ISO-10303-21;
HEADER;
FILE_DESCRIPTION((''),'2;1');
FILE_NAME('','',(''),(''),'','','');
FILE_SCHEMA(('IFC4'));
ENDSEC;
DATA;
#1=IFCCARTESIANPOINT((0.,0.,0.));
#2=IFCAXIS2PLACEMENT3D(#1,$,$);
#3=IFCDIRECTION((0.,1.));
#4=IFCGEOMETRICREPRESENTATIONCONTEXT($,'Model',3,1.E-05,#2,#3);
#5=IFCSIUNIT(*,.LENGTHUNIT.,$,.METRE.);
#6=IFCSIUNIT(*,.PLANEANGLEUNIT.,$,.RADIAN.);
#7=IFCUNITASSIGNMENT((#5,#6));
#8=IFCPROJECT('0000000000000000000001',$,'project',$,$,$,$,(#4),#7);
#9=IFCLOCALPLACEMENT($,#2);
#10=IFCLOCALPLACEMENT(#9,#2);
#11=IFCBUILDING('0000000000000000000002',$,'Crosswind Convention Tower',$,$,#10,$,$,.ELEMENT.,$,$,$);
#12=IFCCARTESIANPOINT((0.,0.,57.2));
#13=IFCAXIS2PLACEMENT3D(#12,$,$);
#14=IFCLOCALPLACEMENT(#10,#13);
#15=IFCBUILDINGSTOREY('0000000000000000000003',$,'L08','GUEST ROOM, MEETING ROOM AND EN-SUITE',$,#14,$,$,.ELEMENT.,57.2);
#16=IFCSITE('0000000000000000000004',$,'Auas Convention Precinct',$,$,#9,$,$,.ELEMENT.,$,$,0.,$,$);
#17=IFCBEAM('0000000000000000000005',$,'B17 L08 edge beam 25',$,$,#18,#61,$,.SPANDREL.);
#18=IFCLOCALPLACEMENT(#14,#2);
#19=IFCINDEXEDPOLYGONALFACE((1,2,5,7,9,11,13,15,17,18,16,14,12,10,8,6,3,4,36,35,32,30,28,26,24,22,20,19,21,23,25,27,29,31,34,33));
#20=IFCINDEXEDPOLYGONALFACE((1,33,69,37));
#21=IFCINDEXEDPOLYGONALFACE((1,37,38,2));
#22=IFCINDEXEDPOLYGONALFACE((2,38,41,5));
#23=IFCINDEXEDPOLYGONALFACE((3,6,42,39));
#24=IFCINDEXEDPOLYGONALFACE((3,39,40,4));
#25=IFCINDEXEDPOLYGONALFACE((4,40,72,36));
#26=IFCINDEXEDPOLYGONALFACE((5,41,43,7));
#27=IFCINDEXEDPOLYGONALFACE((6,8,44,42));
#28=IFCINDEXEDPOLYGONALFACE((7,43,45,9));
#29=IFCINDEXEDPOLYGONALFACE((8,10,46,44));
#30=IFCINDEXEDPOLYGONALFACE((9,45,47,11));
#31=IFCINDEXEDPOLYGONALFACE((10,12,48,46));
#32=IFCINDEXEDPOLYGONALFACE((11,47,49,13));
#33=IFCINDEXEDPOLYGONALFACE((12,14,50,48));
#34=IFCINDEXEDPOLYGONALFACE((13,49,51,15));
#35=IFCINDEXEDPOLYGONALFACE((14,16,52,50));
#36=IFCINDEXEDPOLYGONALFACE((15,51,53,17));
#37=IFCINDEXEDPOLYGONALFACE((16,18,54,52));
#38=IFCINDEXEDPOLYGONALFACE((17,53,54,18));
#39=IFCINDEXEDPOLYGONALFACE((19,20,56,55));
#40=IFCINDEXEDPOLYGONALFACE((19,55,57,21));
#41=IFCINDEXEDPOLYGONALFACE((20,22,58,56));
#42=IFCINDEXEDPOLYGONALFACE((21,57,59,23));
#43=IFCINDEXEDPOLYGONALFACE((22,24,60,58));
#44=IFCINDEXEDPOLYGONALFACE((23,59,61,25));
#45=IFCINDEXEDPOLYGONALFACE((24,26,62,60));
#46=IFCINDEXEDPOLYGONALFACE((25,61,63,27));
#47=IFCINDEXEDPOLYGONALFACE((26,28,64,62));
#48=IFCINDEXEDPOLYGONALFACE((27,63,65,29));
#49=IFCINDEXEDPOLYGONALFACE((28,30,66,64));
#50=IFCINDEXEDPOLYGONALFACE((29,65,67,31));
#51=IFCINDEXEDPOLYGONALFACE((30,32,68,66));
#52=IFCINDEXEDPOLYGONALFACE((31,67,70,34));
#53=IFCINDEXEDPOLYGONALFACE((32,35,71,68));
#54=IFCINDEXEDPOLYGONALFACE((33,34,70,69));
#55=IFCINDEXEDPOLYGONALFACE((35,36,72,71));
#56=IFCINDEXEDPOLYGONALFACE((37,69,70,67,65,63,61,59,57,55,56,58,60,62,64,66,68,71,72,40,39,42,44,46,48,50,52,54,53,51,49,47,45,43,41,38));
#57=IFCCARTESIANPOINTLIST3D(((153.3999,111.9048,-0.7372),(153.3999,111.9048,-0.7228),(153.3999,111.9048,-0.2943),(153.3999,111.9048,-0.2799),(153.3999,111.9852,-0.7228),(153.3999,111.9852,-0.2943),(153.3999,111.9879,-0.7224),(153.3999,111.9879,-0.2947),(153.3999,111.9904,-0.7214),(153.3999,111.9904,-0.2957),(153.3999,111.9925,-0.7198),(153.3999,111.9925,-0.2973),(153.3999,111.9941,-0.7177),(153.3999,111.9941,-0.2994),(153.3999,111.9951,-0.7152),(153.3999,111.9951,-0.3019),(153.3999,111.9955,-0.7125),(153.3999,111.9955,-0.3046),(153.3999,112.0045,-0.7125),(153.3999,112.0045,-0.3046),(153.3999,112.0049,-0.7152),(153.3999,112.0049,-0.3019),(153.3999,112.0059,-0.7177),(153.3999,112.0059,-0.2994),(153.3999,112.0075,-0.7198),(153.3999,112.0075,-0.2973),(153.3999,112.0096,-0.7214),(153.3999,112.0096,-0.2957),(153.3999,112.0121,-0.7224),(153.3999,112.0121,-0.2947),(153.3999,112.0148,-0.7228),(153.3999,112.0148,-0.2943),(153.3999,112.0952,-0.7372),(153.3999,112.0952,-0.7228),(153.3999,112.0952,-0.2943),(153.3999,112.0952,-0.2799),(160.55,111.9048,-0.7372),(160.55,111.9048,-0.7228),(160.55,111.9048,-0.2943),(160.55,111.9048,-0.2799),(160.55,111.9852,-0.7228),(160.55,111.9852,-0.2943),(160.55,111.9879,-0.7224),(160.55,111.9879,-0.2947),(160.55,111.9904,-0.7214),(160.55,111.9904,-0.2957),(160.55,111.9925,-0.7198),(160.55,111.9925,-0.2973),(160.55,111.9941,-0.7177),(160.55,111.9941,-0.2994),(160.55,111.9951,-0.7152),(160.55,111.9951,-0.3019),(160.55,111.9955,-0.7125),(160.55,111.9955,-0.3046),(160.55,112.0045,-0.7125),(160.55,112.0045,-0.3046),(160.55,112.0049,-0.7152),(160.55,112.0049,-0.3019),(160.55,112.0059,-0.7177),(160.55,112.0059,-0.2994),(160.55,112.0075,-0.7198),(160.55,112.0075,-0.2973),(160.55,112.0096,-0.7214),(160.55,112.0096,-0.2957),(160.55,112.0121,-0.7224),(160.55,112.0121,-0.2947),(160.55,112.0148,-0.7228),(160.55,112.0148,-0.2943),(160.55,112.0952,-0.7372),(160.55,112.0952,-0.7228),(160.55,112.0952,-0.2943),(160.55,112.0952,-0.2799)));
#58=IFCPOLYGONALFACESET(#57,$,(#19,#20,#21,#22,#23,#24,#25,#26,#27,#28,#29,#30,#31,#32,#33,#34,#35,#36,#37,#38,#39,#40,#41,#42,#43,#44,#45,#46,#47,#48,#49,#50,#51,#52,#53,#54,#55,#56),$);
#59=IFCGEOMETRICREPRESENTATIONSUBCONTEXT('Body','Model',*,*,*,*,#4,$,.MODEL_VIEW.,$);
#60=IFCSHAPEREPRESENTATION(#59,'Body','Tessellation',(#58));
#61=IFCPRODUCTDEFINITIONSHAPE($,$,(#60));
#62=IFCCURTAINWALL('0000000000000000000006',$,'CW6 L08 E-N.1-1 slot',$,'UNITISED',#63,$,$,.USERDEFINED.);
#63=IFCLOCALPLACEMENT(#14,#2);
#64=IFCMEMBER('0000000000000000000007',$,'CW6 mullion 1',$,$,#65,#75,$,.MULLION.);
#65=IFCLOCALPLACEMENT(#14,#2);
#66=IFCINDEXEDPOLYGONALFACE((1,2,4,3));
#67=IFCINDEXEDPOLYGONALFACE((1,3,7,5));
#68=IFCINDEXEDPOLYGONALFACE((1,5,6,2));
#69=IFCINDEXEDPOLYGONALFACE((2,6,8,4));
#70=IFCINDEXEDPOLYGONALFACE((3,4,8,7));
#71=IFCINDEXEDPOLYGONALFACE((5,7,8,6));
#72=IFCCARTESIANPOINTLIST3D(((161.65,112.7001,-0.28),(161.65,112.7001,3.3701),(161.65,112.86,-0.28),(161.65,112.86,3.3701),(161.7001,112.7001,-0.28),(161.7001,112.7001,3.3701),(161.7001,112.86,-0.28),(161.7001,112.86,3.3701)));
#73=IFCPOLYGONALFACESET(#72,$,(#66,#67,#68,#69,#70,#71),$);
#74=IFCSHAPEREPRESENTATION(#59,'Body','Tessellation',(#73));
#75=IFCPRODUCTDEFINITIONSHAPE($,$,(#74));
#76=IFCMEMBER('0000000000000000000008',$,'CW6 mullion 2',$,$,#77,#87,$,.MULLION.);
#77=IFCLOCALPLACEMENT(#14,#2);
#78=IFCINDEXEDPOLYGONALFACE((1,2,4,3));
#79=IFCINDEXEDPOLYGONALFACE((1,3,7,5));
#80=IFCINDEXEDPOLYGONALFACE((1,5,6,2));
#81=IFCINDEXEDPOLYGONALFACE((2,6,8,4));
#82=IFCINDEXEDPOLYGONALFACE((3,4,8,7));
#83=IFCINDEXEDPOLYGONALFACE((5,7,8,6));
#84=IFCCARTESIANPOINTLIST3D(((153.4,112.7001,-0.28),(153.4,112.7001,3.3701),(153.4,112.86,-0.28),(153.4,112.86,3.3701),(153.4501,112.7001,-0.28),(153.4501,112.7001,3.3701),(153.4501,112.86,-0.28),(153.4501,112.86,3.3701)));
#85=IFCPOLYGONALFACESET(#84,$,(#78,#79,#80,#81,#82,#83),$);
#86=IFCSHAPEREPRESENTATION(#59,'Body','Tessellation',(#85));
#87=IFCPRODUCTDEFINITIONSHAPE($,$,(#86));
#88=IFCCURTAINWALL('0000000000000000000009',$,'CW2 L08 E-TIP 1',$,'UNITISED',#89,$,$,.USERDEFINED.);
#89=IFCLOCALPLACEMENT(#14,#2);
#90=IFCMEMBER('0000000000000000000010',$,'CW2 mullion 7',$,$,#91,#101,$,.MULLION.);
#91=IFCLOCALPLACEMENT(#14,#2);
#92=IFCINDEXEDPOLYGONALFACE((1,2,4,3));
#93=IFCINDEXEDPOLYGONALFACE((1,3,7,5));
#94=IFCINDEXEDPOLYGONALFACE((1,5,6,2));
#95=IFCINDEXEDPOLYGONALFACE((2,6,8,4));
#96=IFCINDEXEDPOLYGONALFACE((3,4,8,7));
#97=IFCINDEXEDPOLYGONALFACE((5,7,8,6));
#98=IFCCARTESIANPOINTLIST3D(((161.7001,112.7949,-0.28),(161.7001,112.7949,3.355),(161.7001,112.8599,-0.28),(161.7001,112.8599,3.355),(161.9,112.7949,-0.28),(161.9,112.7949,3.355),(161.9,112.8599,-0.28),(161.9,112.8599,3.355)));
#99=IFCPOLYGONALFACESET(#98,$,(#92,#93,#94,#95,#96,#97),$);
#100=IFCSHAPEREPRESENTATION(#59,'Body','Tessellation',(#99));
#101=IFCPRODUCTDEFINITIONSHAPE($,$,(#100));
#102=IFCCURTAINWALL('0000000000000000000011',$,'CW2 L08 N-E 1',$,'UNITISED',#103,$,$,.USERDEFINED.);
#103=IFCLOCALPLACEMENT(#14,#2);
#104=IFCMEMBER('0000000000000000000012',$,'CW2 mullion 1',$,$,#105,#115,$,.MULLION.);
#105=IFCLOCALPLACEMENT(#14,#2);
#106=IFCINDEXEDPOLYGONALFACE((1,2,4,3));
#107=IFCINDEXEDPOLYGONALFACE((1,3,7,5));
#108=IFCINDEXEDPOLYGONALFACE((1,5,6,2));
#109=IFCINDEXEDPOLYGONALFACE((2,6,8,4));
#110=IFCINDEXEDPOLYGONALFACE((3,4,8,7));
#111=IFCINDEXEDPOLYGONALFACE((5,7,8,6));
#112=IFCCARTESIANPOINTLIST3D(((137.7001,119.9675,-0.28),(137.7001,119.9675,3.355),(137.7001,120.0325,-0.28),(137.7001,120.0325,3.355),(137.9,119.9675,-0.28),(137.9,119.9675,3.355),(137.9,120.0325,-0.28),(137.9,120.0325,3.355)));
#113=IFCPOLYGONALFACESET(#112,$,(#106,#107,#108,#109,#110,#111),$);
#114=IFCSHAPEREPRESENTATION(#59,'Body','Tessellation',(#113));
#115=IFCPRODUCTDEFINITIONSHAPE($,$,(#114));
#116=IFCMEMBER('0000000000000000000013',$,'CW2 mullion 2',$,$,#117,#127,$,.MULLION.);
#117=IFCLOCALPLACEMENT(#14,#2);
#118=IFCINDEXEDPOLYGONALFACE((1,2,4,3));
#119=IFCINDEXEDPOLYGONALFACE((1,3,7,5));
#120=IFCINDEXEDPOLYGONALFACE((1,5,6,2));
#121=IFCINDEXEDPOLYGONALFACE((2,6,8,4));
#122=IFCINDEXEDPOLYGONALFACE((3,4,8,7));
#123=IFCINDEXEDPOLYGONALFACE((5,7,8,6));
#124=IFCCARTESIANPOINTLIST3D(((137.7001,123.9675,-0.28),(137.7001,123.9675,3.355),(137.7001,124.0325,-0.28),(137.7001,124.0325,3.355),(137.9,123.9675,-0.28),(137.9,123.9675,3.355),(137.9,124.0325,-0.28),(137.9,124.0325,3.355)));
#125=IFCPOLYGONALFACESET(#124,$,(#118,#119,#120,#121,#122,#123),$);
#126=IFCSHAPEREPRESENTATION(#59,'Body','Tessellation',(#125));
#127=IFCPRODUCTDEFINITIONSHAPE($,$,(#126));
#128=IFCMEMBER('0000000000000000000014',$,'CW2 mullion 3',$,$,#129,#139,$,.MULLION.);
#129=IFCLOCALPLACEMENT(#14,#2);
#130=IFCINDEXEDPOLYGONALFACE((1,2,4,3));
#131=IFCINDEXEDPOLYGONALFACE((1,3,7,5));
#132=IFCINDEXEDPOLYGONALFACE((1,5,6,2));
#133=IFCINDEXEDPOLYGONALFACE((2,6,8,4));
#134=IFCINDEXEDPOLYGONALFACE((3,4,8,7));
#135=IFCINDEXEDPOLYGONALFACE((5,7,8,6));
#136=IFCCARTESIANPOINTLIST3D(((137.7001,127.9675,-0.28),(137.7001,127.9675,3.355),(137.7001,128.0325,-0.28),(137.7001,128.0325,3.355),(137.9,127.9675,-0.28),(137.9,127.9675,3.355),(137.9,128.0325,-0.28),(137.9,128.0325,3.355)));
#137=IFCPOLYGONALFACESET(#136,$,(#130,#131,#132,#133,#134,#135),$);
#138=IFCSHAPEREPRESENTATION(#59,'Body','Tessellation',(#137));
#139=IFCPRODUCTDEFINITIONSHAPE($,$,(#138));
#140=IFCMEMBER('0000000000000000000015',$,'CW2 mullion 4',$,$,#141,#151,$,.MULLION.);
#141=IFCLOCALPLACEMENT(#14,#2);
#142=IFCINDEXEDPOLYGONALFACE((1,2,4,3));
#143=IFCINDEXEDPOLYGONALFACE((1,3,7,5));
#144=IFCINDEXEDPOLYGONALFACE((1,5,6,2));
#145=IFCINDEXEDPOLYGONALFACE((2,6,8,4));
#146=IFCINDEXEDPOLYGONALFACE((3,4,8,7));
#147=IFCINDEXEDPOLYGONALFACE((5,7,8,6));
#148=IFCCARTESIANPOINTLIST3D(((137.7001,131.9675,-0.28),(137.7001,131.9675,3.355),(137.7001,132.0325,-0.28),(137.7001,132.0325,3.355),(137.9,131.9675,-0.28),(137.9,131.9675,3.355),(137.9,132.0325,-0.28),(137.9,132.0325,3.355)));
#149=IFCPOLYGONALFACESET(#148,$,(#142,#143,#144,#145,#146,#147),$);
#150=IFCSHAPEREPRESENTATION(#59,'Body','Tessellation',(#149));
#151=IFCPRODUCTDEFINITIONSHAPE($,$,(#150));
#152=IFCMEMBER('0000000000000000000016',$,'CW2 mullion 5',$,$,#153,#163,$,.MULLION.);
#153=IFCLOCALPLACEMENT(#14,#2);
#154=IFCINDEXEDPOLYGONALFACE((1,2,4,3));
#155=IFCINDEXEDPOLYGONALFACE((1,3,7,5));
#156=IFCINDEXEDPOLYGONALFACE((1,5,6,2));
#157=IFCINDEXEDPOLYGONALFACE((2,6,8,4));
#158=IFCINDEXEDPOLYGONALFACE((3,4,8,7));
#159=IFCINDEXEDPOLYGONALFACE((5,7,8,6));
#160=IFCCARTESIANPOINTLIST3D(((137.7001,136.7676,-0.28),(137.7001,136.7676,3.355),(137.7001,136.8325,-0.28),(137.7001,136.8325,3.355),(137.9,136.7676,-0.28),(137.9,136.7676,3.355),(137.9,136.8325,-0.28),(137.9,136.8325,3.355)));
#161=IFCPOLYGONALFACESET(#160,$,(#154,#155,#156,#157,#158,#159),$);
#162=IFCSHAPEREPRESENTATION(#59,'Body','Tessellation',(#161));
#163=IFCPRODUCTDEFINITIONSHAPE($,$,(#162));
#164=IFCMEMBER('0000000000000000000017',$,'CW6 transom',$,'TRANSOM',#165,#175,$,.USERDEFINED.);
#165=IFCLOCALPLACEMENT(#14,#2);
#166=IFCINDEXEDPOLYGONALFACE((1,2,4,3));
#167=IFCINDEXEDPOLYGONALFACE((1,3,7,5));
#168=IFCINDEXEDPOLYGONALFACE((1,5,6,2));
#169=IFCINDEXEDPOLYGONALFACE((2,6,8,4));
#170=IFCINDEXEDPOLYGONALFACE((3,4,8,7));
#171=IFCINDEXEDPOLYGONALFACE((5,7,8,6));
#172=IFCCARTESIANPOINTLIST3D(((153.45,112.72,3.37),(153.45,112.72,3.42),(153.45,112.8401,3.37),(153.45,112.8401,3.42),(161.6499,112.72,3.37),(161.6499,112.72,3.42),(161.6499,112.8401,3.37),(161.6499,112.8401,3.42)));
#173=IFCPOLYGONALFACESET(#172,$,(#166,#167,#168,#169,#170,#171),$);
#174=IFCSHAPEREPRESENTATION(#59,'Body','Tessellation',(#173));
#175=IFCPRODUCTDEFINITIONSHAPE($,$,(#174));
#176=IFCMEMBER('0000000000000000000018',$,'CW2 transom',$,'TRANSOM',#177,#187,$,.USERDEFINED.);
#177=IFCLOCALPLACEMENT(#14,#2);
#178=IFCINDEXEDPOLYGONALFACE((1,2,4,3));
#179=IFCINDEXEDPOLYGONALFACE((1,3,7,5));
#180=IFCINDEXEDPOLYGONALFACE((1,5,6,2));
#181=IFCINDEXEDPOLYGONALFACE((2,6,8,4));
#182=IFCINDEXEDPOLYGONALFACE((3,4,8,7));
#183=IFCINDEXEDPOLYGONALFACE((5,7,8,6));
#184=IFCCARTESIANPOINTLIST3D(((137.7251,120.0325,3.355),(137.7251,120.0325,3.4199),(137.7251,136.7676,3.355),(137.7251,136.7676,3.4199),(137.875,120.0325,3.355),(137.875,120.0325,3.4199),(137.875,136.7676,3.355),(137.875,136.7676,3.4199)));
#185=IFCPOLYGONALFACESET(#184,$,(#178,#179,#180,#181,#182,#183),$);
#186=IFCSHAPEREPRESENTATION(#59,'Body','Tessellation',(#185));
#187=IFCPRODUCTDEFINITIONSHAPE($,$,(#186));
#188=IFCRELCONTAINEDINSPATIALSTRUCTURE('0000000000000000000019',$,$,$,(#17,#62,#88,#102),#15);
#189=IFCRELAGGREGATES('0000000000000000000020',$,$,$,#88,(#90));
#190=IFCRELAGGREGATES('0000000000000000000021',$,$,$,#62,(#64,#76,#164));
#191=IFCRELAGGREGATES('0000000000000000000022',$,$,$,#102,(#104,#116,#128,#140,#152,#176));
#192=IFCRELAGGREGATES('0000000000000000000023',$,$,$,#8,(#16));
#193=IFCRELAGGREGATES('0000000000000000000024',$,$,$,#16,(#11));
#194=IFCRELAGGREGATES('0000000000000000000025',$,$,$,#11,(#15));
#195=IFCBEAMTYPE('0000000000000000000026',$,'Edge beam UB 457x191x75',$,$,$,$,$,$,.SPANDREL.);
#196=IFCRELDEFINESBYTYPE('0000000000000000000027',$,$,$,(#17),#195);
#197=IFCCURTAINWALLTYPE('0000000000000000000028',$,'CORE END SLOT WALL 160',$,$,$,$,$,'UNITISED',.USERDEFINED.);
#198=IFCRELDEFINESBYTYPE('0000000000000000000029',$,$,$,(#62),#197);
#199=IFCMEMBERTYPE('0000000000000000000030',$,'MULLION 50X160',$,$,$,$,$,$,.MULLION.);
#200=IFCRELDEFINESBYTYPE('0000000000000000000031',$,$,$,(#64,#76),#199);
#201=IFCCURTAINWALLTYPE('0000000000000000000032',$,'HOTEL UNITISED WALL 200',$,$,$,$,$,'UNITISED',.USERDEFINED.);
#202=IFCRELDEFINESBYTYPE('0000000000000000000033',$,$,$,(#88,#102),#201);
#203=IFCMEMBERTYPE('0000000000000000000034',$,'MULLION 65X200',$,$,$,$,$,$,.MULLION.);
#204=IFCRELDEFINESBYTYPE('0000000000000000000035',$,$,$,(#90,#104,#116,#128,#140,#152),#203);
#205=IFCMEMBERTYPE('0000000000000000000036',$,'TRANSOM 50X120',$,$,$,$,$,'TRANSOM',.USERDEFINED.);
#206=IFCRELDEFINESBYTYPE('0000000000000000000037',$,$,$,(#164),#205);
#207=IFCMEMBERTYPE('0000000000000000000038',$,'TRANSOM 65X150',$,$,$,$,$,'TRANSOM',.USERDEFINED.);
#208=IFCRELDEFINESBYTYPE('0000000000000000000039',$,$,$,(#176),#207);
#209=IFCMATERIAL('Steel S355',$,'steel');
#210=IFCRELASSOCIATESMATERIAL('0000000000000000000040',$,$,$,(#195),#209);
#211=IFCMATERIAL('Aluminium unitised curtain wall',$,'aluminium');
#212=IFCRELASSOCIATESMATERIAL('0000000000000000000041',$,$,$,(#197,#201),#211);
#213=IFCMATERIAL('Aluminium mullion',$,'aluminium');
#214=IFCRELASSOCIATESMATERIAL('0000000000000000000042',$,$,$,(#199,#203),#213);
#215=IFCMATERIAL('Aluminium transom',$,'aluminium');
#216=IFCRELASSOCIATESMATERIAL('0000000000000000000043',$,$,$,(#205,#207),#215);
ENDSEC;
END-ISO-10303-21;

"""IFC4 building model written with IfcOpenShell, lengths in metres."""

from ifc_helpers import new_model, si_unit, direction, frame, origin, origin_2d, place, context, subcontext, project, spatial, rectangle, i_section, extrude, material, material_profile, profile_set, type_object, element, aggregate, save


model = new_model("IFC4")

# Units and contexts
model_context = context("Model", 3, precision=1e-05, world=origin(), true_north=direction((0.0, 1.0)))
body_context = subcontext(model_context, "Body", "Model", "MODEL_VIEW")
ifc_project = project(units=[si_unit("LENGTHUNIT", "METRE"), si_unit("PLANEANGLEUNIT", "RADIAN")], contexts=[model_context])

# Site, building, storey
site_placement = place(None, origin())
site = spatial("IfcSite", under=ifc_project, at=site_placement, Name="Auas Convention Precinct", CompositionType="ELEMENT", RefElevation=0.0)
building_placement = place(site_placement, origin())
building = spatial("IfcBuilding", under=site, at=building_placement, Name="Crosswind Convention Tower", CompositionType="ELEMENT")
storey_placement = place(building_placement, frame((0.0, 0.0, 57.2)))
storey = spatial("IfcBuildingStorey", under=building, at=storey_placement, Name="L08", Description="GUEST ROOM, MEETING ROOM AND EN-SUITE", CompositionType="ELEMENT", Elevation=57.2)

# Beam
ifc_material_1 = material(Name="Steel S355", Category="steel")
ifc_material_profile_1 = material_profile(ifc_material_1, i_section(OverallWidth=0.1904, OverallDepth=0.4573, WebThickness=0.009, FlangeThickness=0.0144, FilletRadius=0.0103, at=origin_2d()), Name="UB 457x191x75")
ifc_profile_set_1 = profile_set([ifc_material_profile_1], Name="Steel S355")
beam_type_1 = type_object("IfcBeamType", Name="Edge beam UB 457x191x75", PredefinedType="SPANDREL", material=ifc_profile_set_1)
beam_1_placement = place(storey_placement, frame((153.3999, 112.0, -0.5085), z_axis=(1.0, 0.0, 0.0), x_axis=(0.0, 1.0, 0.0)))
element("IfcBeam", 1, at=beam_1_placement, inside=storey, type_object=beam_type_1, Name="B17 L08 edge beam 25", PredefinedType="SPANDREL", context=body_context, shape_type="SweptSolid", body=[
    extrude(i_section(OverallWidth=0.1904, OverallDepth=0.4573, WebThickness=0.009, FlangeThickness=0.0144, FilletRadius=0.0103, at=origin_2d()), origin(), (0.0, 0.0, 1.0), 7.1501),
])

# Curtain wall, members
ifc_material_2 = material(Name="Aluminium unitised curtain wall", Category="aluminium")
curtain_wall_type_1 = type_object("IfcCurtainWallType", Name="CORE END SLOT WALL 160", ElementType="UNITISED", PredefinedType="USERDEFINED", material=ifc_material_2)
curtain_wall_1_placement = place(storey_placement, origin())
curtain_wall_1 = element("IfcCurtainWall", 2, at=curtain_wall_1_placement, inside=storey, type_object=curtain_wall_type_1, Name="CW6 L08 E-N.1-1 slot", ObjectType="UNITISED", PredefinedType="USERDEFINED")
ifc_material_3 = material(Name="Aluminium mullion", Category="aluminium")
ifc_material_profile_2 = material_profile(ifc_material_3, rectangle(XDim=0.1599, YDim=0.05, at=origin_2d()), Name="AL 160X50")
ifc_profile_set_2 = profile_set([ifc_material_profile_2], Name="Aluminium mullion")
member_type_1 = type_object("IfcMemberType", Name="MULLION 50X160", PredefinedType="MULLION", material=ifc_profile_set_2)
member_1_placement = place(storey_placement, frame((161.675, 112.78, -0.28), z_axis=(0.0, 0.0, 1.0), x_axis=(0.0, 1.0, 0.0)))
member_1 = element("IfcMember", 3, at=member_1_placement, type_object=member_type_1, Name="CW6 mullion 1", PredefinedType="MULLION", context=body_context, shape_type="SweptSolid", body=[
    extrude(rectangle(XDim=0.1599, YDim=0.05, at=origin_2d()), origin(), (0.0, 0.0, 1.0), 3.6501),
])
member_2_placement = place(storey_placement, frame((153.425, 112.78, -0.28), z_axis=(0.0, 0.0, 1.0), x_axis=(0.0, 1.0, 0.0)))
member_2 = element("IfcMember", 4, at=member_2_placement, type_object=member_type_1, Name="CW6 mullion 2", PredefinedType="MULLION", context=body_context, shape_type="SweptSolid", body=[
    extrude(rectangle(XDim=0.1599, YDim=0.05, at=origin_2d()), origin(), (0.0, 0.0, 1.0), 3.6501),
])

# Curtain wall, member
curtain_wall_type_2 = type_object("IfcCurtainWallType", Name="HOTEL UNITISED WALL 200", ElementType="UNITISED", PredefinedType="USERDEFINED", material=ifc_material_2)
curtain_wall_2_placement = place(storey_placement, origin())
curtain_wall_2 = element("IfcCurtainWall", 5, at=curtain_wall_2_placement, inside=storey, type_object=curtain_wall_type_2, Name="CW2 L08 E-TIP 1", ObjectType="UNITISED", PredefinedType="USERDEFINED")
ifc_material_profile_3 = material_profile(ifc_material_3, rectangle(XDim=0.2, YDim=0.0649, at=origin_2d()), Name="AL 200X65")
ifc_profile_set_3 = profile_set([ifc_material_profile_3], Name="Aluminium mullion")
member_type_2 = type_object("IfcMemberType", Name="MULLION 65X200", PredefinedType="MULLION", material=ifc_profile_set_3)
member_3_placement = place(storey_placement, frame((161.8, 112.8274, -0.28), z_axis=(0.0, 0.0, 1.0), x_axis=(1.0, 0.0, 0.0)))
member_3 = element("IfcMember", 6, at=member_3_placement, type_object=member_type_2, Name="CW2 mullion 7", PredefinedType="MULLION", context=body_context, shape_type="SweptSolid", body=[
    extrude(rectangle(XDim=0.2, YDim=0.0649, at=origin_2d()), origin(), (0.0, 0.0, 1.0), 3.635),
])
aggregate(curtain_wall_2, [member_3])

# Curtain wall, members
curtain_wall_3_placement = place(storey_placement, origin())
curtain_wall_3 = element("IfcCurtainWall", 7, at=curtain_wall_3_placement, inside=storey, type_object=curtain_wall_type_2, Name="CW2 L08 N-E 1", ObjectType="UNITISED", PredefinedType="USERDEFINED")
member_4_placement = place(storey_placement, frame((137.8, 120.0, -0.28), z_axis=(0.0, 0.0, 1.0), x_axis=(1.0, 0.0, 0.0)))
member_4 = element("IfcMember", 8, at=member_4_placement, type_object=member_type_2, Name="CW2 mullion 1", PredefinedType="MULLION", context=body_context, shape_type="SweptSolid", body=[
    extrude(rectangle(XDim=0.2, YDim=0.0649, at=origin_2d()), origin(), (0.0, 0.0, 1.0), 3.635),
])
member_5_placement = place(storey_placement, frame((137.8, 124.0, -0.28), z_axis=(0.0, 0.0, 1.0), x_axis=(1.0, 0.0, 0.0)))
member_5 = element("IfcMember", 9, at=member_5_placement, type_object=member_type_2, Name="CW2 mullion 2", PredefinedType="MULLION", context=body_context, shape_type="SweptSolid", body=[
    extrude(rectangle(XDim=0.2, YDim=0.0649, at=origin_2d()), origin(), (0.0, 0.0, 1.0), 3.635),
])
member_6_placement = place(storey_placement, frame((137.8, 128.0, -0.28), z_axis=(0.0, 0.0, 1.0), x_axis=(1.0, 0.0, 0.0)))
member_6 = element("IfcMember", 10, at=member_6_placement, type_object=member_type_2, Name="CW2 mullion 3", PredefinedType="MULLION", context=body_context, shape_type="SweptSolid", body=[
    extrude(rectangle(XDim=0.2, YDim=0.0649, at=origin_2d()), origin(), (0.0, 0.0, 1.0), 3.635),
])
member_7_placement = place(storey_placement, frame((137.8, 132.0, -0.28), z_axis=(0.0, 0.0, 1.0), x_axis=(1.0, 0.0, 0.0)))
member_7 = element("IfcMember", 11, at=member_7_placement, type_object=member_type_2, Name="CW2 mullion 4", PredefinedType="MULLION", context=body_context, shape_type="SweptSolid", body=[
    extrude(rectangle(XDim=0.2, YDim=0.0649, at=origin_2d()), origin(), (0.0, 0.0, 1.0), 3.635),
])
member_8_placement = place(storey_placement, frame((137.8, 136.8, -0.28), z_axis=(0.0, 0.0, 1.0), x_axis=(1.0, 0.0, 0.0)))
member_8 = element("IfcMember", 12, at=member_8_placement, type_object=member_type_2, Name="CW2 mullion 5", PredefinedType="MULLION", context=body_context, shape_type="SweptSolid", body=[
    extrude(rectangle(XDim=0.2, YDim=0.0649, at=origin_2d()), origin(), (0.0, 0.0, 1.0), 3.635),
])

# Members
ifc_material_4 = material(Name="Aluminium transom", Category="aluminium")
ifc_material_profile_4 = material_profile(ifc_material_4, rectangle(XDim=0.1201, YDim=0.05, at=origin_2d()), Name="AL 120X50")
ifc_profile_set_4 = profile_set([ifc_material_profile_4], Name="Aluminium transom")
member_type_3 = type_object("IfcMemberType", Name="TRANSOM 50X120", ElementType="TRANSOM", PredefinedType="USERDEFINED", material=ifc_profile_set_4)
member_9_placement = place(storey_placement, frame((161.6499, 112.78, 3.395), z_axis=(-1.0, 0.0, 0.0), x_axis=(0.0, -1.0, 0.0)))
member_9 = element("IfcMember", 13, at=member_9_placement, type_object=member_type_3, Name="CW6 transom", ObjectType="TRANSOM", PredefinedType="USERDEFINED", context=body_context, shape_type="SweptSolid", body=[
    extrude(rectangle(XDim=0.1201, YDim=0.05, at=origin_2d()), origin(), (0.0, 0.0, 1.0), 8.2),
])
ifc_material_profile_5 = material_profile(ifc_material_4, rectangle(XDim=0.1499, YDim=0.0649, at=origin_2d()), Name="AL 150X65")
ifc_profile_set_5 = profile_set([ifc_material_profile_5], Name="Aluminium transom")
member_type_4 = type_object("IfcMemberType", Name="TRANSOM 65X150", ElementType="TRANSOM", PredefinedType="USERDEFINED", material=ifc_profile_set_5)
member_10_placement = place(storey_placement, frame((137.8, 120.0325, 3.3875), z_axis=(0.0, 1.0, 0.0), x_axis=(-1.0, 0.0, 0.0)))
member_10 = element("IfcMember", 14, at=member_10_placement, type_object=member_type_4, Name="CW2 transom", ObjectType="TRANSOM", PredefinedType="USERDEFINED", context=body_context, shape_type="SweptSolid", body=[
    extrude(rectangle(XDim=0.1499, YDim=0.0649, at=origin_2d()), origin(), (0.0, 0.0, 1.0), 16.7351),
])

aggregate(curtain_wall_1, [member_1, member_2, member_9])

aggregate(curtain_wall_3, [member_4, member_5, member_6, member_7, member_8, member_10])

save(model, "model.ifc")
